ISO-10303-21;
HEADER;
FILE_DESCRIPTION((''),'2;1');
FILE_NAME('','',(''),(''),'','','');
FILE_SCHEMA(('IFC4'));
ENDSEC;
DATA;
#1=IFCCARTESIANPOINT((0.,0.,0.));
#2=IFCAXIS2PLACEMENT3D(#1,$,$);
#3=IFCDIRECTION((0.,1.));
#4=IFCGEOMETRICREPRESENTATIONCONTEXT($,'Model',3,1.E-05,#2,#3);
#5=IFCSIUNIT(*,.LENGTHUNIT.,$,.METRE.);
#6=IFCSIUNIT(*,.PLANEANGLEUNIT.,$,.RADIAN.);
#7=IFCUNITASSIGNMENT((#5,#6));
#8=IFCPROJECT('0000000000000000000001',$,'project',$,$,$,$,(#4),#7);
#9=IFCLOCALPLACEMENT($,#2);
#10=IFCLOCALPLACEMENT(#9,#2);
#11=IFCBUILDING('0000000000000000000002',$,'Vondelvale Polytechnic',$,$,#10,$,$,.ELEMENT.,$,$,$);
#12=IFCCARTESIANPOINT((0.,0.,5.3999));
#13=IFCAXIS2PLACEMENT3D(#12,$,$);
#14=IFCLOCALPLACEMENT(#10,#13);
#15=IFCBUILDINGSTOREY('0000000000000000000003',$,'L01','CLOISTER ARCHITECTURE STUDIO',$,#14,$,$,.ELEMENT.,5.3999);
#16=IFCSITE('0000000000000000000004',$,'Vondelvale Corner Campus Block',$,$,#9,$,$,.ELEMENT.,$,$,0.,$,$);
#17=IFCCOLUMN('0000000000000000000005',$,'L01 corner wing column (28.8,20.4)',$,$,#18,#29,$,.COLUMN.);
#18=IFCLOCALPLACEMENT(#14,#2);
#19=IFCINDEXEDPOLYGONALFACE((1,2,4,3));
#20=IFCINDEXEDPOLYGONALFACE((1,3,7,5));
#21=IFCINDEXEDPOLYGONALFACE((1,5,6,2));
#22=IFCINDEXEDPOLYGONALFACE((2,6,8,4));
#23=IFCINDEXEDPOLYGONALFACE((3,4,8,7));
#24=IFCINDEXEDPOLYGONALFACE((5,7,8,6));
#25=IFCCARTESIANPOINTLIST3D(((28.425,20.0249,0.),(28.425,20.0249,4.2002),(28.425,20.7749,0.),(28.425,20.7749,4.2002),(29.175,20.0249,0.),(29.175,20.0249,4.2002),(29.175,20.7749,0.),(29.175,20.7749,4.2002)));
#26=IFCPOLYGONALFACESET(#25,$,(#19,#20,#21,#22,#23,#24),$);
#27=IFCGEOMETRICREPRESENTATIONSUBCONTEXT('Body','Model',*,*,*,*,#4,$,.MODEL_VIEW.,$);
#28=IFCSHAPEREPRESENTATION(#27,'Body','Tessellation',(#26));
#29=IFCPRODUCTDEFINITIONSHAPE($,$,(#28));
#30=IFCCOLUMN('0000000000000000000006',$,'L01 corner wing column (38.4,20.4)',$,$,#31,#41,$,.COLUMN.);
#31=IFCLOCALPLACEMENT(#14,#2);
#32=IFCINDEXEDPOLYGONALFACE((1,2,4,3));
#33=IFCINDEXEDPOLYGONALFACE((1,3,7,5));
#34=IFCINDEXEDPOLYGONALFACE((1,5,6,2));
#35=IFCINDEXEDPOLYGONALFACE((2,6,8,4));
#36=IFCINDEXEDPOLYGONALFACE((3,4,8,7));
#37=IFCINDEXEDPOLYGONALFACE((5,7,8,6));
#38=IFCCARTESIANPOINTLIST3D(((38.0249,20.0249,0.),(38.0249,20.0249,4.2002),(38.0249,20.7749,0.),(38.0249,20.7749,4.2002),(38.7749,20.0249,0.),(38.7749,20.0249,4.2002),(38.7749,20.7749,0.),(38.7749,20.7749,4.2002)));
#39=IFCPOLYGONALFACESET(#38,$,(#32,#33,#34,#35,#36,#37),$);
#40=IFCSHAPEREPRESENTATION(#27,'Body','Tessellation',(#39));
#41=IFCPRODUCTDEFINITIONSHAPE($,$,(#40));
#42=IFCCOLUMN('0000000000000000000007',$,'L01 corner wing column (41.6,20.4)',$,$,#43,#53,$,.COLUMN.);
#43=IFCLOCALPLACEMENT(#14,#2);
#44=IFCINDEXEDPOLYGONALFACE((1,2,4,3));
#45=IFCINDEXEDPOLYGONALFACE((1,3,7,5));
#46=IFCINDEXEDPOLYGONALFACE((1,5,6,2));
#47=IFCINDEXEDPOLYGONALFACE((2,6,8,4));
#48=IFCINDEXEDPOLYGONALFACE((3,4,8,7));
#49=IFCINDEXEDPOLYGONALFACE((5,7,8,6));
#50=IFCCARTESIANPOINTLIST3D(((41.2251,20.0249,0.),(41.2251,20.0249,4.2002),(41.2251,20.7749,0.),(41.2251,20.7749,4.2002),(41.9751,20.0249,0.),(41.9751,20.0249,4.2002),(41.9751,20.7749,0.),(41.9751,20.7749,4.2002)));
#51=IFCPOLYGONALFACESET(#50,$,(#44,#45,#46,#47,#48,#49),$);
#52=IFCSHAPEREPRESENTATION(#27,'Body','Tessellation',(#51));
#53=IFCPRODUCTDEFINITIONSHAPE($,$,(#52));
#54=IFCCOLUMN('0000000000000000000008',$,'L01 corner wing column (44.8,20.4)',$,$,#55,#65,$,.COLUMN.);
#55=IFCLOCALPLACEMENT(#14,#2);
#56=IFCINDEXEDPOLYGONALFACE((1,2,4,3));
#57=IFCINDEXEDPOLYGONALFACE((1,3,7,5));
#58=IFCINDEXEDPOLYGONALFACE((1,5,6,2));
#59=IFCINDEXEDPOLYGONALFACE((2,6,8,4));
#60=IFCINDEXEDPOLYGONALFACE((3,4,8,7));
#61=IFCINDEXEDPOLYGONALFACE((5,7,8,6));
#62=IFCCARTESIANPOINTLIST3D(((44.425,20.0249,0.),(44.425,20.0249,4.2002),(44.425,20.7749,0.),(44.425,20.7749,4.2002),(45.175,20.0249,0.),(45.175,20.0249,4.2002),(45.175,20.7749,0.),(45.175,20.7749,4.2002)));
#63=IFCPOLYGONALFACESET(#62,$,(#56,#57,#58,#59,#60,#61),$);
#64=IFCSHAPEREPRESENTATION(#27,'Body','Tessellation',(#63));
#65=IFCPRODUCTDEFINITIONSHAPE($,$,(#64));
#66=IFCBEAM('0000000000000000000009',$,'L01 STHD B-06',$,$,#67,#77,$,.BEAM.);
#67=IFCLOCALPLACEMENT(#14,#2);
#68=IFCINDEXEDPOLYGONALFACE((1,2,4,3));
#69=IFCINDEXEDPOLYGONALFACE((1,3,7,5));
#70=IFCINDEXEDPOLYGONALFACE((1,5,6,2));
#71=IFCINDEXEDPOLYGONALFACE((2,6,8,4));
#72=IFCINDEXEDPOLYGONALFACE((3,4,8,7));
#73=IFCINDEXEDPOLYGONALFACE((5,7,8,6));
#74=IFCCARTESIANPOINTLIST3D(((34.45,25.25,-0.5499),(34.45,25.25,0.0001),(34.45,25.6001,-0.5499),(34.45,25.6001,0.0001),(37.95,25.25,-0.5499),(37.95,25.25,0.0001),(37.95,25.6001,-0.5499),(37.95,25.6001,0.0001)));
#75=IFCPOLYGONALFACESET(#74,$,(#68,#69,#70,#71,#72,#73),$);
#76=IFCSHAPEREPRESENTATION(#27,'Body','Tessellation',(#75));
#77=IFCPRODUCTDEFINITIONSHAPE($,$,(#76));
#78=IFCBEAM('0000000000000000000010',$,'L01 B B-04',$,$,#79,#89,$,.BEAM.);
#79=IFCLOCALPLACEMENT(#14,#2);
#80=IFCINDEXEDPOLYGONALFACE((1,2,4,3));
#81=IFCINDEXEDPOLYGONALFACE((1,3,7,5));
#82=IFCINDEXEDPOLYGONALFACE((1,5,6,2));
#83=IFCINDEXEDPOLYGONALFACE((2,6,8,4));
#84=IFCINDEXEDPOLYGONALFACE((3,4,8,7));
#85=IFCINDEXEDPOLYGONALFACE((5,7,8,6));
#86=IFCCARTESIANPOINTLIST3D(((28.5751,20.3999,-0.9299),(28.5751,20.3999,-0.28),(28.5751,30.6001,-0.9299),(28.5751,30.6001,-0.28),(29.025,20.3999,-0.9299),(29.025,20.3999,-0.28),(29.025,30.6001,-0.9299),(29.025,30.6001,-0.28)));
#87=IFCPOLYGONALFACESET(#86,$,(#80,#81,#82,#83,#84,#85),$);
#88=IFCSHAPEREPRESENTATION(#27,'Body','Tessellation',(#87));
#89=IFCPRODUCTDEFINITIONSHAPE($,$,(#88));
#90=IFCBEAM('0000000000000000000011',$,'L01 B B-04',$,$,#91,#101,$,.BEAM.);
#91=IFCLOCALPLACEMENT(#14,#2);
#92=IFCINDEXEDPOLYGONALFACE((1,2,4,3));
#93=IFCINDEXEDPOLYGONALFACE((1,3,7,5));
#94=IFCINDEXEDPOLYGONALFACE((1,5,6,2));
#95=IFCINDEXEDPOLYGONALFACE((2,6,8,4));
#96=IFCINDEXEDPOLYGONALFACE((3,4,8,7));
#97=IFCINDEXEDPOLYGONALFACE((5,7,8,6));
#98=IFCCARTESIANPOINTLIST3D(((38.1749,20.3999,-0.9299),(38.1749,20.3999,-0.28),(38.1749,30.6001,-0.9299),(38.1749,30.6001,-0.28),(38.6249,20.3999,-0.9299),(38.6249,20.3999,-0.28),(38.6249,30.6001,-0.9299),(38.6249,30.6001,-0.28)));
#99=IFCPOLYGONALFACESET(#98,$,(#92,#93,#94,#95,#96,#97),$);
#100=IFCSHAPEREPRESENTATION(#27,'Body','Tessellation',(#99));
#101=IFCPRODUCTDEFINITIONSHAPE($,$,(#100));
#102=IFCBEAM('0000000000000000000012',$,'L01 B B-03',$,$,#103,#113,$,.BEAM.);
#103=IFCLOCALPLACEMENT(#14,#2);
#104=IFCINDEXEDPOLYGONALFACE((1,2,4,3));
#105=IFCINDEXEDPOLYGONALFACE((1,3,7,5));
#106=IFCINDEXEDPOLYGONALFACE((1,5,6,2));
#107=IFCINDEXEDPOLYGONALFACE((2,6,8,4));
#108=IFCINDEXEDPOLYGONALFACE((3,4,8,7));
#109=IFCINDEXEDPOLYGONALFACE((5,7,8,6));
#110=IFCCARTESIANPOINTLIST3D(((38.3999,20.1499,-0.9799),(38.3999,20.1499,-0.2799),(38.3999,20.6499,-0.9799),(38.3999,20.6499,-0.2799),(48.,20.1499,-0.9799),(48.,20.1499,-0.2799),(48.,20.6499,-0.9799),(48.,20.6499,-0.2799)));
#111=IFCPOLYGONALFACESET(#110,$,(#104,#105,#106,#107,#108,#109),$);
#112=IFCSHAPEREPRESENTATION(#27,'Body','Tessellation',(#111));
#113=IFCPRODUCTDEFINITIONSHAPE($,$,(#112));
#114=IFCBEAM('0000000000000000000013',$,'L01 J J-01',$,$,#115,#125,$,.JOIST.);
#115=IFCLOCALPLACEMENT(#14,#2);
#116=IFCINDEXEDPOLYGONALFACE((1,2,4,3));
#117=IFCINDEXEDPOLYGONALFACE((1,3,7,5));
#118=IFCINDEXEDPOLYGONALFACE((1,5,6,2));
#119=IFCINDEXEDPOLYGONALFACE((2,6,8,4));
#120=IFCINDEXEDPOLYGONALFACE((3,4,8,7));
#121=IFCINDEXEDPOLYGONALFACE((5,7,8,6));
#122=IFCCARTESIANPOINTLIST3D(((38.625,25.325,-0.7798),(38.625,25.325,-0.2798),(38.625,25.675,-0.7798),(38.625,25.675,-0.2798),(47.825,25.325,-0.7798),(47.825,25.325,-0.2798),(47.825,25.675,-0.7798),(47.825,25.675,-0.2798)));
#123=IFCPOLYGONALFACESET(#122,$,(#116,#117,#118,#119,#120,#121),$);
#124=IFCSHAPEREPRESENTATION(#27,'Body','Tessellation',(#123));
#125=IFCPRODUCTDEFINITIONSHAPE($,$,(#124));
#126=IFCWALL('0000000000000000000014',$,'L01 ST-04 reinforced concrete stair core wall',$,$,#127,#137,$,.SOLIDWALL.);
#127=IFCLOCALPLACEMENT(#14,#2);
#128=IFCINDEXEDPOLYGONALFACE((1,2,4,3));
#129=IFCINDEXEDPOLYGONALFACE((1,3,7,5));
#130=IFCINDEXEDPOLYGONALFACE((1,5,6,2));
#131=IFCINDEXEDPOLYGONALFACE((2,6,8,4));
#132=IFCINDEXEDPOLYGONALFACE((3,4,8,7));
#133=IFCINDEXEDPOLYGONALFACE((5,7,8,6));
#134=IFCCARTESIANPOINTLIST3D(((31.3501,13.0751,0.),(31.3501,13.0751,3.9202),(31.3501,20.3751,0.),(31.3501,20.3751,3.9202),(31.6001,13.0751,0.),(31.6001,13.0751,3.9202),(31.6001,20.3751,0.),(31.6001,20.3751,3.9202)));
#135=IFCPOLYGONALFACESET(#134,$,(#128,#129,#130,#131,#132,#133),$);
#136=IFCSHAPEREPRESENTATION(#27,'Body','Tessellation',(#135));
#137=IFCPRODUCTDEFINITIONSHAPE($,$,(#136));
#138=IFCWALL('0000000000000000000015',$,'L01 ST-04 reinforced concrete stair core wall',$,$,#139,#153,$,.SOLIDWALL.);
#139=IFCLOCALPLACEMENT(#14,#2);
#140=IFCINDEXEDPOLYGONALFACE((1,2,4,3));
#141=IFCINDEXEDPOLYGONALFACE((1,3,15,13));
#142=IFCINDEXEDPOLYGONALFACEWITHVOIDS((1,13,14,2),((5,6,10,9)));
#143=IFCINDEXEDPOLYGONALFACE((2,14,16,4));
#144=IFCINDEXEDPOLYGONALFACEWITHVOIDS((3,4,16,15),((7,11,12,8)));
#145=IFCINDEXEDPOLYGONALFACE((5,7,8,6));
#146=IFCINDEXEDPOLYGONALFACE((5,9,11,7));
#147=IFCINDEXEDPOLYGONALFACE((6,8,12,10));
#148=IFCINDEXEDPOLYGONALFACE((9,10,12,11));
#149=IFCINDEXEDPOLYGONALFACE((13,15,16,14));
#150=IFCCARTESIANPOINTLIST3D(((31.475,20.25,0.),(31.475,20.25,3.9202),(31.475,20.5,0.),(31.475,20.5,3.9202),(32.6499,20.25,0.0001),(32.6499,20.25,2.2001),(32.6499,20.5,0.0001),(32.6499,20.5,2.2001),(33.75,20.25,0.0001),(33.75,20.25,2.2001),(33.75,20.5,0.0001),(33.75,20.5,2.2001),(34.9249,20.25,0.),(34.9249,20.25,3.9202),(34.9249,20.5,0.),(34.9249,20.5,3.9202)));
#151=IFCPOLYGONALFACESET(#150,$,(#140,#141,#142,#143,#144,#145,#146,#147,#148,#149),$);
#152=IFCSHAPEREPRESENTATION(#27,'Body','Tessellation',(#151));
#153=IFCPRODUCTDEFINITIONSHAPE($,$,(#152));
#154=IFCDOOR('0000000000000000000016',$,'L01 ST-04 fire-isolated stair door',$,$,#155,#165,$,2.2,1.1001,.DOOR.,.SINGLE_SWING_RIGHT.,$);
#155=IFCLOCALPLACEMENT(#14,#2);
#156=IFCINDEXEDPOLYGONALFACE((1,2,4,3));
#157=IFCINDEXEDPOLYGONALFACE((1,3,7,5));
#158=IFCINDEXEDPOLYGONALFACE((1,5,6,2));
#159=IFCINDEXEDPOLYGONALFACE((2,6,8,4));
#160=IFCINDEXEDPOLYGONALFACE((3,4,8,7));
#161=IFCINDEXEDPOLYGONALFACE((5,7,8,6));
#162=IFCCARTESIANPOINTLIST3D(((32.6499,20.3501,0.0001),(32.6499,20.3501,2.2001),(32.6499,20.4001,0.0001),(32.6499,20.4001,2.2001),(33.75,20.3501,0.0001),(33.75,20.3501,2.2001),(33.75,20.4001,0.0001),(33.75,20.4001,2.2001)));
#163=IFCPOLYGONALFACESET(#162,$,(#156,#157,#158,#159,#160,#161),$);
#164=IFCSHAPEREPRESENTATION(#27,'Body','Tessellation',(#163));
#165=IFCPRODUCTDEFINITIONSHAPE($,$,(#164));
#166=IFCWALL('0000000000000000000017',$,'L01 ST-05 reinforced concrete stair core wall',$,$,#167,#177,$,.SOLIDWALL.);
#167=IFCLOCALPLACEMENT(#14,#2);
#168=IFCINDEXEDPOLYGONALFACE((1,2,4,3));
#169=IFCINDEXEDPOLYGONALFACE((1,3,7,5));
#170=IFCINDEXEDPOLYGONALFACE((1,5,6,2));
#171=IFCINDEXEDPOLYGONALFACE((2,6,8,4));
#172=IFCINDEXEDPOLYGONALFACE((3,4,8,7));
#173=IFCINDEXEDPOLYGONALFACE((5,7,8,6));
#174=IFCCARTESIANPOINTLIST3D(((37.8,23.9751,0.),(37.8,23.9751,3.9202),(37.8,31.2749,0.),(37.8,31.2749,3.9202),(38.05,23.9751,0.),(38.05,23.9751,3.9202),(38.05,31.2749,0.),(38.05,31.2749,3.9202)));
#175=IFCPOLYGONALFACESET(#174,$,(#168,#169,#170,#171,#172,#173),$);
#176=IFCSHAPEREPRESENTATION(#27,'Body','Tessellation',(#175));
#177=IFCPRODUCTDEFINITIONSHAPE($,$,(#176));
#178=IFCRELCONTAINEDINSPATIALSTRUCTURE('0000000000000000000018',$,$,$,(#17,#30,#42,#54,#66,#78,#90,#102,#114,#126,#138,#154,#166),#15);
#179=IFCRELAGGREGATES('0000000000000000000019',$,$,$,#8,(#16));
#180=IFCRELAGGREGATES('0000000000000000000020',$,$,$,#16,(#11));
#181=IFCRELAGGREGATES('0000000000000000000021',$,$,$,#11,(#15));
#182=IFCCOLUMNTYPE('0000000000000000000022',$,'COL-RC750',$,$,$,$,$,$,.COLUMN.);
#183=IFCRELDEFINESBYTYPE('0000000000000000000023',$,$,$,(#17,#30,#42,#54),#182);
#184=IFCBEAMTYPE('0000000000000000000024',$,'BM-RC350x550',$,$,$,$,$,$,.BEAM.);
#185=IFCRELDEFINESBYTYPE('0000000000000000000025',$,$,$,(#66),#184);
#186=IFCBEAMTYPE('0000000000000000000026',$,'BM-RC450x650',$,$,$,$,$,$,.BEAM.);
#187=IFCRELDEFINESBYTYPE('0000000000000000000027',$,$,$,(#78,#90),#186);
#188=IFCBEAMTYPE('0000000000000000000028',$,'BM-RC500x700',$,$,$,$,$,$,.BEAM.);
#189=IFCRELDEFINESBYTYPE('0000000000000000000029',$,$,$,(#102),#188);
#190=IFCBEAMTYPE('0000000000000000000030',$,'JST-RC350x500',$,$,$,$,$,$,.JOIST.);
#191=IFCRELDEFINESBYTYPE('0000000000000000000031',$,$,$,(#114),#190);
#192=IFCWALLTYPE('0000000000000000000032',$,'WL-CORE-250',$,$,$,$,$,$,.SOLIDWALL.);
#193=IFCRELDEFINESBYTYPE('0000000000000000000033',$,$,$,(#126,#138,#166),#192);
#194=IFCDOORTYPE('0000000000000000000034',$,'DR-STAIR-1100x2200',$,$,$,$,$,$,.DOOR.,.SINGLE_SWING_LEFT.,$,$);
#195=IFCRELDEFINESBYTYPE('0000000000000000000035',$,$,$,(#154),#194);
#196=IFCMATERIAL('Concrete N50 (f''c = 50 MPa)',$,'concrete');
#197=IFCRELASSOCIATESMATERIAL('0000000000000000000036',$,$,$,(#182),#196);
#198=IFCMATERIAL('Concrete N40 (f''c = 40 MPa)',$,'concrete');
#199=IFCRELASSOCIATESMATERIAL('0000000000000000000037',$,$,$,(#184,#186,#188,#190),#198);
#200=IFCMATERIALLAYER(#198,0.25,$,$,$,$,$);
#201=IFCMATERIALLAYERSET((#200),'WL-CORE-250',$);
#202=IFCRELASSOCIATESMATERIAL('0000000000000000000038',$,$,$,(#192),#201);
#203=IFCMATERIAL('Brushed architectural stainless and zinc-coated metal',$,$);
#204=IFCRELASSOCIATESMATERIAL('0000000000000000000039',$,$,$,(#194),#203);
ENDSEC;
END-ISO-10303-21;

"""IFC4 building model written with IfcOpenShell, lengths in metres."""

from ifc_helpers import new_model, si_unit, direction, frame, frame_2d, origin, origin_2d, place, context, subcontext, project, spatial, rectangle, extrude, material, layer, layer_set, material_profile, profile_set, type_object, element, fill, save


model = new_model("IFC4")

# Units and contexts
model_context = context("Model", 3, precision=1e-05, world=origin(), true_north=direction((0.0, 1.0)))
body_context = subcontext(model_context, "Body", "Model", "MODEL_VIEW")
ifc_project = project(units=[si_unit("LENGTHUNIT", "METRE"), si_unit("PLANEANGLEUNIT", "RADIAN")], contexts=[model_context])

# Site, building, storey
site_placement = place(None, origin())
site = spatial("IfcSite", under=ifc_project, at=site_placement, Name="Vondelvale Corner Campus Block", CompositionType="ELEMENT", RefElevation=0.0)
building_placement = place(site_placement, origin())
building = spatial("IfcBuilding", under=site, at=building_placement, Name="Vondelvale Polytechnic", CompositionType="ELEMENT")
storey_placement = place(building_placement, frame((0.0, 0.0, 5.3999)))
storey = spatial("IfcBuildingStorey", under=building, at=storey_placement, Name="L01", Description="CLOISTER ARCHITECTURE STUDIO", CompositionType="ELEMENT", Elevation=5.3999)

# Columns
ifc_material_1 = material(Name="Concrete N50 (f'c = 50 MPa)", Category="concrete")
ifc_material_profile_1 = material_profile(ifc_material_1, rectangle(XDim=0.75, YDim=0.75, at=origin_2d()), Name="RC-COL-750x750")
ifc_profile_set_1 = profile_set([ifc_material_profile_1], Name="Concrete N50 (f'c = 50 MPa)")
column_type = type_object("IfcColumnType", Name="COL-RC750", PredefinedType="COLUMN", material=ifc_profile_set_1)
for number, where, z_axis, x_axis, name in (
    (1, (28.8, 20.3999, 0.0), (0.0, 0.0, 1.0), (1.0, 0.0, 0.0), "L01 corner wing column (28.8,20.4)"),
    (2, (38.3999, 20.3999, 0.0), (0.0, 0.0, 1.0), (1.0, 0.0, 0.0), "L01 corner wing column (38.4,20.4)"),
    (3, (41.6001, 20.3999, 0.0), (0.0, 0.0, 1.0), (1.0, 0.0, 0.0), "L01 corner wing column (41.6,20.4)"),
    (4, (44.8, 20.3999, 0.0), (0.0, 0.0, 1.0), (1.0, 0.0, 0.0), "L01 corner wing column (44.8,20.4)"),
):
    element("IfcColumn", number, at=place(storey_placement, frame(where, z_axis=z_axis, x_axis=x_axis)), inside=storey, type_object=column_type, Name=name, PredefinedType="COLUMN", context=body_context, shape_type="SweptSolid", body=[
        extrude(rectangle(XDim=0.75, YDim=0.75, at=origin_2d()), origin(), (0.0, 0.0, 1.0), 4.2002),
    ])

# Beams
ifc_material_2 = material(Name="Concrete N40 (f'c = 40 MPa)", Category="concrete")
ifc_material_profile_2 = material_profile(ifc_material_2, rectangle(XDim=0.3501, YDim=0.55, at=origin_2d()), Name="RC-BM-350x550")
ifc_profile_set_2 = profile_set([ifc_material_profile_2], Name="Concrete N40 (f'c = 40 MPa)")
beam_type_1 = type_object("IfcBeamType", Name="BM-RC350x550", PredefinedType="BEAM", material=ifc_profile_set_2)
beam_1_placement = place(storey_placement, frame((37.95, 25.425, -0.2749), z_axis=(-1.0, 0.0, 0.0), x_axis=(0.0, -1.0, 0.0)))
element("IfcBeam", 5, at=beam_1_placement, inside=storey, type_object=beam_type_1, Name="L01 STHD B-06", PredefinedType="BEAM", context=body_context, shape_type="SweptSolid", body=[
    extrude(rectangle(XDim=0.3501, YDim=0.55, at=origin_2d()), origin(), (0.0, 0.0, 1.0), 3.5),
])
ifc_material_profile_3 = material_profile(ifc_material_2, rectangle(XDim=0.45, YDim=0.6499, at=origin_2d()), Name="RC-BM-450x650")
ifc_profile_set_3 = profile_set([ifc_material_profile_3], Name="Concrete N40 (f'c = 40 MPa)")
beam_type_2 = type_object("IfcBeamType", Name="BM-RC450x650", PredefinedType="BEAM", material=ifc_profile_set_3)
for number, where, z_axis, x_axis, name in (
    (6, (28.8, 20.3999, -0.605), (0.0, 1.0, 0.0), (-1.0, 0.0, 0.0), "L01 B B-04"),
    (7, (38.3999, 20.3999, -0.605), (0.0, 1.0, 0.0), (-1.0, 0.0, 0.0), "L01 B B-04"),
):
    element("IfcBeam", number, at=place(storey_placement, frame(where, z_axis=z_axis, x_axis=x_axis)), inside=storey, type_object=beam_type_2, Name=name, PredefinedType="BEAM", context=body_context, shape_type="SweptSolid", body=[
        extrude(rectangle(XDim=0.45, YDim=0.6499, at=origin_2d()), origin(), (0.0, 0.0, 1.0), 10.2002),
    ])
ifc_material_profile_4 = material_profile(ifc_material_2, rectangle(XDim=0.5, YDim=0.7, at=origin_2d()), Name="RC-BM-500x700")
ifc_profile_set_4 = profile_set([ifc_material_profile_4], Name="Concrete N40 (f'c = 40 MPa)")
beam_type_3 = type_object("IfcBeamType", Name="BM-RC500x700", PredefinedType="BEAM", material=ifc_profile_set_4)
beam_2_placement = place(storey_placement, frame((38.3999, 20.3999, -0.6299), z_axis=(1.0, 0.0, 0.0), x_axis=(0.0, 1.0, 0.0)))
element("IfcBeam", 8, at=beam_2_placement, inside=storey, type_object=beam_type_3, Name="L01 B B-03", PredefinedType="BEAM", context=body_context, shape_type="SweptSolid", body=[
    extrude(rectangle(XDim=0.5, YDim=0.7, at=origin_2d()), origin(), (0.0, 0.0, 1.0), 9.6001),
])
ifc_material_profile_5 = material_profile(ifc_material_2, rectangle(XDim=0.3501, YDim=0.5, at=origin_2d()), Name="RC-JST-350x500")
ifc_profile_set_5 = profile_set([ifc_material_profile_5], Name="Concrete N40 (f'c = 40 MPa)")
beam_type_4 = type_object("IfcBeamType", Name="JST-RC350x500", PredefinedType="JOIST", material=ifc_profile_set_5)
beam_3_placement = place(storey_placement, frame((38.625, 25.5, -0.5298), z_axis=(1.0, 0.0, 0.0), x_axis=(0.0, 1.0, 0.0)))
element("IfcBeam", 9, at=beam_3_placement, inside=storey, type_object=beam_type_4, Name="L01 J J-01", PredefinedType="JOIST", context=body_context, shape_type="SweptSolid", body=[
    extrude(rectangle(XDim=0.3501, YDim=0.5, at=origin_2d()), origin(), (0.0, 0.0, 1.0), 9.2),
])

# Wall
ifc_layer_1 = layer(ifc_material_2, 0.25)
ifc_layer_set_1 = layer_set([ifc_layer_1], Name="WL-CORE-250")
wall_type_1 = type_object("IfcWallType", Name="WL-CORE-250", PredefinedType="SOLIDWALL", material=ifc_layer_set_1)
wall_1_placement = place(storey_placement, frame((31.4751, 20.375, 0.0), z_axis=(0.0, 0.0, 1.0), x_axis=(0.0, -1.0, 0.0)))
element("IfcWall", 10, at=wall_1_placement, inside=storey, type_object=wall_type_1, Name="L01 ST-04 reinforced concrete stair core wall", PredefinedType="SOLIDWALL", context=body_context, shape_type="SweptSolid", body=[
    extrude(rectangle(XDim=7.3, YDim=0.25, at=frame_2d((3.6499, 0.0))), origin(), (0.0, 0.0, 1.0), 3.9202),
])

# Wall, opening, door
wall_2_placement = place(storey_placement, frame((34.925, 20.375, 0.0), z_axis=(0.0, 0.0, 1.0), x_axis=(-1.0, 0.0, 0.0)))
wall_2 = element("IfcWall", 11, at=wall_2_placement, inside=storey, type_object=wall_type_1, Name="L01 ST-04 reinforced concrete stair core wall", PredefinedType="SOLIDWALL", context=body_context, shape_type="SweptSolid", body=[
    extrude(rectangle(XDim=3.45, YDim=0.25, at=frame_2d((1.7251, 0.0))), origin(), (0.0, 0.0, 1.0), 3.9202),
])
opening_1_placement = place(wall_2_placement, frame((1.175, 0.0, 0.0)))
opening_1 = element("IfcOpeningElement", 12, at=opening_1_placement, cuts=wall_2, PredefinedType="OPENING", context=body_context, shape_type="SweptSolid", body=[
    extrude(rectangle(XDim=1.1001, YDim=2.2, at=frame_2d((0.55, 1.1001))), frame((0.0, 0.135, 0.0), z_axis=(0.0, -1.0, 0.0), x_axis=(1.0, 0.0, 0.0)), (0.0, 0.0, 1.0), 0.27),
])
ifc_material_3 = material(Name="Brushed architectural stainless and zinc-coated metal")
door_type_1 = type_object("IfcDoorType", Name="DR-STAIR-1100x2200", OperationType="SINGLE_SWING_LEFT", PredefinedType="DOOR", material=ifc_material_3)
door_1_placement = place(opening_1_placement, origin())
door_1 = element("IfcDoor", 13, at=door_1_placement, inside=storey, type_object=door_type_1, Name="L01 ST-04 fire-isolated stair door", OperationType="SINGLE_SWING_RIGHT", OverallHeight=2.2, OverallWidth=1.1001, PredefinedType="DOOR", context=body_context, shape_type="SweptSolid", body=[
    extrude(rectangle(XDim=1.1001, YDim=2.2, at=frame_2d((0.55, 1.1001))), frame((0.0, 0.0249, 0.0), z_axis=(0.0, -1.0, 0.0), x_axis=(1.0, 0.0, 0.0)), (0.0, 0.0, 1.0), 0.05),
])
fill(opening_1, door_1)

# Wall
wall_3_placement = place(storey_placement, frame((37.925, 23.9751, 0.0), z_axis=(0.0, 0.0, 1.0), x_axis=(0.0, 1.0, 0.0)))
element("IfcWall", 14, at=wall_3_placement, inside=storey, type_object=wall_type_1, Name="L01 ST-05 reinforced concrete stair core wall", PredefinedType="SOLIDWALL", context=body_context, shape_type="SweptSolid", body=[
    extrude(rectangle(XDim=7.2998, YDim=0.25, at=frame_2d((3.6499, 0.0))), origin(), (0.0, 0.0, 1.0), 3.9202),
])

save(model, "model.ifc")
